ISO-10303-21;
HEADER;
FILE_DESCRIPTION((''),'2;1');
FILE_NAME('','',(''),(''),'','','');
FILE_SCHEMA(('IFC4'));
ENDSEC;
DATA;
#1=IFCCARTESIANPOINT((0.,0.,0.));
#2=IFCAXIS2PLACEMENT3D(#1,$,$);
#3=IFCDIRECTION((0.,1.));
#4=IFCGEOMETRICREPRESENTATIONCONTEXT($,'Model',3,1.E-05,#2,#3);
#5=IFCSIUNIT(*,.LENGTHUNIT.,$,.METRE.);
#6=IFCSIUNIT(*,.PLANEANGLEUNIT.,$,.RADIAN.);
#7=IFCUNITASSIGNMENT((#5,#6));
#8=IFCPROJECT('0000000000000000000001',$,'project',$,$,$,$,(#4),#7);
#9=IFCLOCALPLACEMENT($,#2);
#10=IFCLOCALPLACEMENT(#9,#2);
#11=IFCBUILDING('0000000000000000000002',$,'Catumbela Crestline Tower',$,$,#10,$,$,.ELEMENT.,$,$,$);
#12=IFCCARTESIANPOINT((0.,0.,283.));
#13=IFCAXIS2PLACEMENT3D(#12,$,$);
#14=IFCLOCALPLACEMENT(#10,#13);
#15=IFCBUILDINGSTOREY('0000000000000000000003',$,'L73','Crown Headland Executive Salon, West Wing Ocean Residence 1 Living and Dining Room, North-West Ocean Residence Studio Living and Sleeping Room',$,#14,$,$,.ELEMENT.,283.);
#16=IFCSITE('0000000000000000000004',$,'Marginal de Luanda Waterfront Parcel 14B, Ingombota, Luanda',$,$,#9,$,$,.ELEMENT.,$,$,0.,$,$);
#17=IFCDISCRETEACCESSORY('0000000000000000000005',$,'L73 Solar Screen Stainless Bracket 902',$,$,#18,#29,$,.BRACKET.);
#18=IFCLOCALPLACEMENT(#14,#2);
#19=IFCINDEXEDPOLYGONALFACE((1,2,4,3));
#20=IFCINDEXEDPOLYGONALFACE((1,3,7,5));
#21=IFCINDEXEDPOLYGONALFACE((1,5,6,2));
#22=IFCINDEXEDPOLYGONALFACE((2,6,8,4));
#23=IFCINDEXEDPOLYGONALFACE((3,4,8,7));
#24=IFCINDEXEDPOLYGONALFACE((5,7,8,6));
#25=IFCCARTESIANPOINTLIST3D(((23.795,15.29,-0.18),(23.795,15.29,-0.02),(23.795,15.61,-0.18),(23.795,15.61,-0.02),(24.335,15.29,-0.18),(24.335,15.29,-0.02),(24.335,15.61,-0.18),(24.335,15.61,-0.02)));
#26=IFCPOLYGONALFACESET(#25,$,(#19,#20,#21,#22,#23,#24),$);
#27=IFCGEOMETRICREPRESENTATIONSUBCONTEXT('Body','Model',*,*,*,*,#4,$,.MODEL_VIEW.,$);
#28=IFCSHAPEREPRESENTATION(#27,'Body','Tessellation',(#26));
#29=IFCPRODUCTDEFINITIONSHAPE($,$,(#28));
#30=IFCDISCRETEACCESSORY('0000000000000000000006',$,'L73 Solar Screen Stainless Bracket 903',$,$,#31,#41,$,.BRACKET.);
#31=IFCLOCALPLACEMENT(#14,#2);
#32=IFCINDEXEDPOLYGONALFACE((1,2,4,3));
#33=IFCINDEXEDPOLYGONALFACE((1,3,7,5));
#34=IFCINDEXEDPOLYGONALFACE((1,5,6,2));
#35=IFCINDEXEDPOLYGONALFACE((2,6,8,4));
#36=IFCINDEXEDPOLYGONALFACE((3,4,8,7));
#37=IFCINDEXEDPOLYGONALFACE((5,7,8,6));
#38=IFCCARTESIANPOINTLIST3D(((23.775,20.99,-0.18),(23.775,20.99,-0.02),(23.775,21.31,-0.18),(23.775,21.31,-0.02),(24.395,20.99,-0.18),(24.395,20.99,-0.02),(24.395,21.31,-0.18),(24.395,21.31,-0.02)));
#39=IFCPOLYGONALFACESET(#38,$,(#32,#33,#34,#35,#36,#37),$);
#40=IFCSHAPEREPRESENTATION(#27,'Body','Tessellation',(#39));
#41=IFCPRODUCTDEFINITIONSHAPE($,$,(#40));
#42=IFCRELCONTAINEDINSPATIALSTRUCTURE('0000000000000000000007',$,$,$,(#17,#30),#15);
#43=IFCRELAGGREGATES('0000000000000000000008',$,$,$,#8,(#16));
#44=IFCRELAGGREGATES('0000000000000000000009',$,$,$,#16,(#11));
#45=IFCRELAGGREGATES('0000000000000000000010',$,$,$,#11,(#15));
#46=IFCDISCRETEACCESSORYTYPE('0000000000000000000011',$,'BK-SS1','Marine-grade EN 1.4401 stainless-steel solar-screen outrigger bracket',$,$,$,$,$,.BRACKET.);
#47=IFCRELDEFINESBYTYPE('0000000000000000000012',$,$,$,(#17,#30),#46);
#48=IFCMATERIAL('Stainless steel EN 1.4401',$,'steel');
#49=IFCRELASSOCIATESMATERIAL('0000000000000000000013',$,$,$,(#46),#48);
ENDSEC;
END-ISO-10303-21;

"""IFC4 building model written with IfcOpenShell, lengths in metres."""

from ifc_helpers import new_model, si_unit, direction, frame, origin, origin_2d, place, context, subcontext, project, spatial, rectangle, extrude, material, type_object, element, save


model = new_model("IFC4")

# Units and contexts
model_context = context("Model", 3, precision=1e-05, world=origin(), true_north=direction((0.0, 1.0)))
body_context = subcontext(model_context, "Body", "Model", "MODEL_VIEW")
ifc_project = project(units=[si_unit("LENGTHUNIT", "METRE"), si_unit("PLANEANGLEUNIT", "RADIAN")], contexts=[model_context])

# Site, building, storey
site_placement = place(None, origin())
site = spatial("IfcSite", under=ifc_project, at=site_placement, Name="Marginal de Luanda Waterfront Parcel 14B, Ingombota, Luanda", CompositionType="ELEMENT", RefElevation=0.0)
building_placement = place(site_placement, origin())
building = spatial("IfcBuilding", under=site, at=building_placement, Name="Catumbela Crestline Tower", CompositionType="ELEMENT")
storey_placement = place(building_placement, frame((0.0, 0.0, 283.0)))
storey = spatial("IfcBuildingStorey", under=building, at=storey_placement, Name="L73", Description="Crown Headland Executive Salon, West Wing Ocean Residence 1 Living and Dining Room, North-West Ocean Residence Studio Living and Sleeping Room", CompositionType="ELEMENT", Elevation=283.0)

# Shared definitions
ifc_material_1 = material(Name="Stainless steel EN 1.4401", Category="steel")

# Discrete accessories
discrete_accessory_type = type_object("IfcDiscreteAccessoryType", Name="BK-SS1", Description="Marine-grade EN 1.4401 stainless-steel solar-screen outrigger bracket", PredefinedType="BRACKET", material=ifc_material_1)
discrete_accessory_1_placement = place(storey_placement, frame((24.065, 15.45, -0.18), z_axis=(0.0, 0.0, 1.0), x_axis=(0.0, 1.0, 0.0)))
element("IfcDiscreteAccessory", 1, at=discrete_accessory_1_placement, inside=storey, type_object=discrete_accessory_type, Name="L73 Solar Screen Stainless Bracket 902", PredefinedType="BRACKET", context=body_context, shape_type="SweptSolid", body=[
    extrude(rectangle(XDim=0.32, YDim=0.54, at=origin_2d()), origin(), (0.0, 0.0, 1.0), 0.16),
])
discrete_accessory_2_placement = place(storey_placement, frame((24.085, 21.15, -0.18), z_axis=(0.0, 0.0, 1.0), x_axis=(0.0, 1.0, 0.0)))
element("IfcDiscreteAccessory", 2, at=discrete_accessory_2_placement, inside=storey, type_object=discrete_accessory_type, Name="L73 Solar Screen Stainless Bracket 903", PredefinedType="BRACKET", context=body_context, shape_type="SweptSolid", body=[
    extrude(rectangle(XDim=0.32, YDim=0.62, at=origin_2d()), origin(), (0.0, 0.0, 1.0), 0.16),
])

save(model, "model.ifc")
